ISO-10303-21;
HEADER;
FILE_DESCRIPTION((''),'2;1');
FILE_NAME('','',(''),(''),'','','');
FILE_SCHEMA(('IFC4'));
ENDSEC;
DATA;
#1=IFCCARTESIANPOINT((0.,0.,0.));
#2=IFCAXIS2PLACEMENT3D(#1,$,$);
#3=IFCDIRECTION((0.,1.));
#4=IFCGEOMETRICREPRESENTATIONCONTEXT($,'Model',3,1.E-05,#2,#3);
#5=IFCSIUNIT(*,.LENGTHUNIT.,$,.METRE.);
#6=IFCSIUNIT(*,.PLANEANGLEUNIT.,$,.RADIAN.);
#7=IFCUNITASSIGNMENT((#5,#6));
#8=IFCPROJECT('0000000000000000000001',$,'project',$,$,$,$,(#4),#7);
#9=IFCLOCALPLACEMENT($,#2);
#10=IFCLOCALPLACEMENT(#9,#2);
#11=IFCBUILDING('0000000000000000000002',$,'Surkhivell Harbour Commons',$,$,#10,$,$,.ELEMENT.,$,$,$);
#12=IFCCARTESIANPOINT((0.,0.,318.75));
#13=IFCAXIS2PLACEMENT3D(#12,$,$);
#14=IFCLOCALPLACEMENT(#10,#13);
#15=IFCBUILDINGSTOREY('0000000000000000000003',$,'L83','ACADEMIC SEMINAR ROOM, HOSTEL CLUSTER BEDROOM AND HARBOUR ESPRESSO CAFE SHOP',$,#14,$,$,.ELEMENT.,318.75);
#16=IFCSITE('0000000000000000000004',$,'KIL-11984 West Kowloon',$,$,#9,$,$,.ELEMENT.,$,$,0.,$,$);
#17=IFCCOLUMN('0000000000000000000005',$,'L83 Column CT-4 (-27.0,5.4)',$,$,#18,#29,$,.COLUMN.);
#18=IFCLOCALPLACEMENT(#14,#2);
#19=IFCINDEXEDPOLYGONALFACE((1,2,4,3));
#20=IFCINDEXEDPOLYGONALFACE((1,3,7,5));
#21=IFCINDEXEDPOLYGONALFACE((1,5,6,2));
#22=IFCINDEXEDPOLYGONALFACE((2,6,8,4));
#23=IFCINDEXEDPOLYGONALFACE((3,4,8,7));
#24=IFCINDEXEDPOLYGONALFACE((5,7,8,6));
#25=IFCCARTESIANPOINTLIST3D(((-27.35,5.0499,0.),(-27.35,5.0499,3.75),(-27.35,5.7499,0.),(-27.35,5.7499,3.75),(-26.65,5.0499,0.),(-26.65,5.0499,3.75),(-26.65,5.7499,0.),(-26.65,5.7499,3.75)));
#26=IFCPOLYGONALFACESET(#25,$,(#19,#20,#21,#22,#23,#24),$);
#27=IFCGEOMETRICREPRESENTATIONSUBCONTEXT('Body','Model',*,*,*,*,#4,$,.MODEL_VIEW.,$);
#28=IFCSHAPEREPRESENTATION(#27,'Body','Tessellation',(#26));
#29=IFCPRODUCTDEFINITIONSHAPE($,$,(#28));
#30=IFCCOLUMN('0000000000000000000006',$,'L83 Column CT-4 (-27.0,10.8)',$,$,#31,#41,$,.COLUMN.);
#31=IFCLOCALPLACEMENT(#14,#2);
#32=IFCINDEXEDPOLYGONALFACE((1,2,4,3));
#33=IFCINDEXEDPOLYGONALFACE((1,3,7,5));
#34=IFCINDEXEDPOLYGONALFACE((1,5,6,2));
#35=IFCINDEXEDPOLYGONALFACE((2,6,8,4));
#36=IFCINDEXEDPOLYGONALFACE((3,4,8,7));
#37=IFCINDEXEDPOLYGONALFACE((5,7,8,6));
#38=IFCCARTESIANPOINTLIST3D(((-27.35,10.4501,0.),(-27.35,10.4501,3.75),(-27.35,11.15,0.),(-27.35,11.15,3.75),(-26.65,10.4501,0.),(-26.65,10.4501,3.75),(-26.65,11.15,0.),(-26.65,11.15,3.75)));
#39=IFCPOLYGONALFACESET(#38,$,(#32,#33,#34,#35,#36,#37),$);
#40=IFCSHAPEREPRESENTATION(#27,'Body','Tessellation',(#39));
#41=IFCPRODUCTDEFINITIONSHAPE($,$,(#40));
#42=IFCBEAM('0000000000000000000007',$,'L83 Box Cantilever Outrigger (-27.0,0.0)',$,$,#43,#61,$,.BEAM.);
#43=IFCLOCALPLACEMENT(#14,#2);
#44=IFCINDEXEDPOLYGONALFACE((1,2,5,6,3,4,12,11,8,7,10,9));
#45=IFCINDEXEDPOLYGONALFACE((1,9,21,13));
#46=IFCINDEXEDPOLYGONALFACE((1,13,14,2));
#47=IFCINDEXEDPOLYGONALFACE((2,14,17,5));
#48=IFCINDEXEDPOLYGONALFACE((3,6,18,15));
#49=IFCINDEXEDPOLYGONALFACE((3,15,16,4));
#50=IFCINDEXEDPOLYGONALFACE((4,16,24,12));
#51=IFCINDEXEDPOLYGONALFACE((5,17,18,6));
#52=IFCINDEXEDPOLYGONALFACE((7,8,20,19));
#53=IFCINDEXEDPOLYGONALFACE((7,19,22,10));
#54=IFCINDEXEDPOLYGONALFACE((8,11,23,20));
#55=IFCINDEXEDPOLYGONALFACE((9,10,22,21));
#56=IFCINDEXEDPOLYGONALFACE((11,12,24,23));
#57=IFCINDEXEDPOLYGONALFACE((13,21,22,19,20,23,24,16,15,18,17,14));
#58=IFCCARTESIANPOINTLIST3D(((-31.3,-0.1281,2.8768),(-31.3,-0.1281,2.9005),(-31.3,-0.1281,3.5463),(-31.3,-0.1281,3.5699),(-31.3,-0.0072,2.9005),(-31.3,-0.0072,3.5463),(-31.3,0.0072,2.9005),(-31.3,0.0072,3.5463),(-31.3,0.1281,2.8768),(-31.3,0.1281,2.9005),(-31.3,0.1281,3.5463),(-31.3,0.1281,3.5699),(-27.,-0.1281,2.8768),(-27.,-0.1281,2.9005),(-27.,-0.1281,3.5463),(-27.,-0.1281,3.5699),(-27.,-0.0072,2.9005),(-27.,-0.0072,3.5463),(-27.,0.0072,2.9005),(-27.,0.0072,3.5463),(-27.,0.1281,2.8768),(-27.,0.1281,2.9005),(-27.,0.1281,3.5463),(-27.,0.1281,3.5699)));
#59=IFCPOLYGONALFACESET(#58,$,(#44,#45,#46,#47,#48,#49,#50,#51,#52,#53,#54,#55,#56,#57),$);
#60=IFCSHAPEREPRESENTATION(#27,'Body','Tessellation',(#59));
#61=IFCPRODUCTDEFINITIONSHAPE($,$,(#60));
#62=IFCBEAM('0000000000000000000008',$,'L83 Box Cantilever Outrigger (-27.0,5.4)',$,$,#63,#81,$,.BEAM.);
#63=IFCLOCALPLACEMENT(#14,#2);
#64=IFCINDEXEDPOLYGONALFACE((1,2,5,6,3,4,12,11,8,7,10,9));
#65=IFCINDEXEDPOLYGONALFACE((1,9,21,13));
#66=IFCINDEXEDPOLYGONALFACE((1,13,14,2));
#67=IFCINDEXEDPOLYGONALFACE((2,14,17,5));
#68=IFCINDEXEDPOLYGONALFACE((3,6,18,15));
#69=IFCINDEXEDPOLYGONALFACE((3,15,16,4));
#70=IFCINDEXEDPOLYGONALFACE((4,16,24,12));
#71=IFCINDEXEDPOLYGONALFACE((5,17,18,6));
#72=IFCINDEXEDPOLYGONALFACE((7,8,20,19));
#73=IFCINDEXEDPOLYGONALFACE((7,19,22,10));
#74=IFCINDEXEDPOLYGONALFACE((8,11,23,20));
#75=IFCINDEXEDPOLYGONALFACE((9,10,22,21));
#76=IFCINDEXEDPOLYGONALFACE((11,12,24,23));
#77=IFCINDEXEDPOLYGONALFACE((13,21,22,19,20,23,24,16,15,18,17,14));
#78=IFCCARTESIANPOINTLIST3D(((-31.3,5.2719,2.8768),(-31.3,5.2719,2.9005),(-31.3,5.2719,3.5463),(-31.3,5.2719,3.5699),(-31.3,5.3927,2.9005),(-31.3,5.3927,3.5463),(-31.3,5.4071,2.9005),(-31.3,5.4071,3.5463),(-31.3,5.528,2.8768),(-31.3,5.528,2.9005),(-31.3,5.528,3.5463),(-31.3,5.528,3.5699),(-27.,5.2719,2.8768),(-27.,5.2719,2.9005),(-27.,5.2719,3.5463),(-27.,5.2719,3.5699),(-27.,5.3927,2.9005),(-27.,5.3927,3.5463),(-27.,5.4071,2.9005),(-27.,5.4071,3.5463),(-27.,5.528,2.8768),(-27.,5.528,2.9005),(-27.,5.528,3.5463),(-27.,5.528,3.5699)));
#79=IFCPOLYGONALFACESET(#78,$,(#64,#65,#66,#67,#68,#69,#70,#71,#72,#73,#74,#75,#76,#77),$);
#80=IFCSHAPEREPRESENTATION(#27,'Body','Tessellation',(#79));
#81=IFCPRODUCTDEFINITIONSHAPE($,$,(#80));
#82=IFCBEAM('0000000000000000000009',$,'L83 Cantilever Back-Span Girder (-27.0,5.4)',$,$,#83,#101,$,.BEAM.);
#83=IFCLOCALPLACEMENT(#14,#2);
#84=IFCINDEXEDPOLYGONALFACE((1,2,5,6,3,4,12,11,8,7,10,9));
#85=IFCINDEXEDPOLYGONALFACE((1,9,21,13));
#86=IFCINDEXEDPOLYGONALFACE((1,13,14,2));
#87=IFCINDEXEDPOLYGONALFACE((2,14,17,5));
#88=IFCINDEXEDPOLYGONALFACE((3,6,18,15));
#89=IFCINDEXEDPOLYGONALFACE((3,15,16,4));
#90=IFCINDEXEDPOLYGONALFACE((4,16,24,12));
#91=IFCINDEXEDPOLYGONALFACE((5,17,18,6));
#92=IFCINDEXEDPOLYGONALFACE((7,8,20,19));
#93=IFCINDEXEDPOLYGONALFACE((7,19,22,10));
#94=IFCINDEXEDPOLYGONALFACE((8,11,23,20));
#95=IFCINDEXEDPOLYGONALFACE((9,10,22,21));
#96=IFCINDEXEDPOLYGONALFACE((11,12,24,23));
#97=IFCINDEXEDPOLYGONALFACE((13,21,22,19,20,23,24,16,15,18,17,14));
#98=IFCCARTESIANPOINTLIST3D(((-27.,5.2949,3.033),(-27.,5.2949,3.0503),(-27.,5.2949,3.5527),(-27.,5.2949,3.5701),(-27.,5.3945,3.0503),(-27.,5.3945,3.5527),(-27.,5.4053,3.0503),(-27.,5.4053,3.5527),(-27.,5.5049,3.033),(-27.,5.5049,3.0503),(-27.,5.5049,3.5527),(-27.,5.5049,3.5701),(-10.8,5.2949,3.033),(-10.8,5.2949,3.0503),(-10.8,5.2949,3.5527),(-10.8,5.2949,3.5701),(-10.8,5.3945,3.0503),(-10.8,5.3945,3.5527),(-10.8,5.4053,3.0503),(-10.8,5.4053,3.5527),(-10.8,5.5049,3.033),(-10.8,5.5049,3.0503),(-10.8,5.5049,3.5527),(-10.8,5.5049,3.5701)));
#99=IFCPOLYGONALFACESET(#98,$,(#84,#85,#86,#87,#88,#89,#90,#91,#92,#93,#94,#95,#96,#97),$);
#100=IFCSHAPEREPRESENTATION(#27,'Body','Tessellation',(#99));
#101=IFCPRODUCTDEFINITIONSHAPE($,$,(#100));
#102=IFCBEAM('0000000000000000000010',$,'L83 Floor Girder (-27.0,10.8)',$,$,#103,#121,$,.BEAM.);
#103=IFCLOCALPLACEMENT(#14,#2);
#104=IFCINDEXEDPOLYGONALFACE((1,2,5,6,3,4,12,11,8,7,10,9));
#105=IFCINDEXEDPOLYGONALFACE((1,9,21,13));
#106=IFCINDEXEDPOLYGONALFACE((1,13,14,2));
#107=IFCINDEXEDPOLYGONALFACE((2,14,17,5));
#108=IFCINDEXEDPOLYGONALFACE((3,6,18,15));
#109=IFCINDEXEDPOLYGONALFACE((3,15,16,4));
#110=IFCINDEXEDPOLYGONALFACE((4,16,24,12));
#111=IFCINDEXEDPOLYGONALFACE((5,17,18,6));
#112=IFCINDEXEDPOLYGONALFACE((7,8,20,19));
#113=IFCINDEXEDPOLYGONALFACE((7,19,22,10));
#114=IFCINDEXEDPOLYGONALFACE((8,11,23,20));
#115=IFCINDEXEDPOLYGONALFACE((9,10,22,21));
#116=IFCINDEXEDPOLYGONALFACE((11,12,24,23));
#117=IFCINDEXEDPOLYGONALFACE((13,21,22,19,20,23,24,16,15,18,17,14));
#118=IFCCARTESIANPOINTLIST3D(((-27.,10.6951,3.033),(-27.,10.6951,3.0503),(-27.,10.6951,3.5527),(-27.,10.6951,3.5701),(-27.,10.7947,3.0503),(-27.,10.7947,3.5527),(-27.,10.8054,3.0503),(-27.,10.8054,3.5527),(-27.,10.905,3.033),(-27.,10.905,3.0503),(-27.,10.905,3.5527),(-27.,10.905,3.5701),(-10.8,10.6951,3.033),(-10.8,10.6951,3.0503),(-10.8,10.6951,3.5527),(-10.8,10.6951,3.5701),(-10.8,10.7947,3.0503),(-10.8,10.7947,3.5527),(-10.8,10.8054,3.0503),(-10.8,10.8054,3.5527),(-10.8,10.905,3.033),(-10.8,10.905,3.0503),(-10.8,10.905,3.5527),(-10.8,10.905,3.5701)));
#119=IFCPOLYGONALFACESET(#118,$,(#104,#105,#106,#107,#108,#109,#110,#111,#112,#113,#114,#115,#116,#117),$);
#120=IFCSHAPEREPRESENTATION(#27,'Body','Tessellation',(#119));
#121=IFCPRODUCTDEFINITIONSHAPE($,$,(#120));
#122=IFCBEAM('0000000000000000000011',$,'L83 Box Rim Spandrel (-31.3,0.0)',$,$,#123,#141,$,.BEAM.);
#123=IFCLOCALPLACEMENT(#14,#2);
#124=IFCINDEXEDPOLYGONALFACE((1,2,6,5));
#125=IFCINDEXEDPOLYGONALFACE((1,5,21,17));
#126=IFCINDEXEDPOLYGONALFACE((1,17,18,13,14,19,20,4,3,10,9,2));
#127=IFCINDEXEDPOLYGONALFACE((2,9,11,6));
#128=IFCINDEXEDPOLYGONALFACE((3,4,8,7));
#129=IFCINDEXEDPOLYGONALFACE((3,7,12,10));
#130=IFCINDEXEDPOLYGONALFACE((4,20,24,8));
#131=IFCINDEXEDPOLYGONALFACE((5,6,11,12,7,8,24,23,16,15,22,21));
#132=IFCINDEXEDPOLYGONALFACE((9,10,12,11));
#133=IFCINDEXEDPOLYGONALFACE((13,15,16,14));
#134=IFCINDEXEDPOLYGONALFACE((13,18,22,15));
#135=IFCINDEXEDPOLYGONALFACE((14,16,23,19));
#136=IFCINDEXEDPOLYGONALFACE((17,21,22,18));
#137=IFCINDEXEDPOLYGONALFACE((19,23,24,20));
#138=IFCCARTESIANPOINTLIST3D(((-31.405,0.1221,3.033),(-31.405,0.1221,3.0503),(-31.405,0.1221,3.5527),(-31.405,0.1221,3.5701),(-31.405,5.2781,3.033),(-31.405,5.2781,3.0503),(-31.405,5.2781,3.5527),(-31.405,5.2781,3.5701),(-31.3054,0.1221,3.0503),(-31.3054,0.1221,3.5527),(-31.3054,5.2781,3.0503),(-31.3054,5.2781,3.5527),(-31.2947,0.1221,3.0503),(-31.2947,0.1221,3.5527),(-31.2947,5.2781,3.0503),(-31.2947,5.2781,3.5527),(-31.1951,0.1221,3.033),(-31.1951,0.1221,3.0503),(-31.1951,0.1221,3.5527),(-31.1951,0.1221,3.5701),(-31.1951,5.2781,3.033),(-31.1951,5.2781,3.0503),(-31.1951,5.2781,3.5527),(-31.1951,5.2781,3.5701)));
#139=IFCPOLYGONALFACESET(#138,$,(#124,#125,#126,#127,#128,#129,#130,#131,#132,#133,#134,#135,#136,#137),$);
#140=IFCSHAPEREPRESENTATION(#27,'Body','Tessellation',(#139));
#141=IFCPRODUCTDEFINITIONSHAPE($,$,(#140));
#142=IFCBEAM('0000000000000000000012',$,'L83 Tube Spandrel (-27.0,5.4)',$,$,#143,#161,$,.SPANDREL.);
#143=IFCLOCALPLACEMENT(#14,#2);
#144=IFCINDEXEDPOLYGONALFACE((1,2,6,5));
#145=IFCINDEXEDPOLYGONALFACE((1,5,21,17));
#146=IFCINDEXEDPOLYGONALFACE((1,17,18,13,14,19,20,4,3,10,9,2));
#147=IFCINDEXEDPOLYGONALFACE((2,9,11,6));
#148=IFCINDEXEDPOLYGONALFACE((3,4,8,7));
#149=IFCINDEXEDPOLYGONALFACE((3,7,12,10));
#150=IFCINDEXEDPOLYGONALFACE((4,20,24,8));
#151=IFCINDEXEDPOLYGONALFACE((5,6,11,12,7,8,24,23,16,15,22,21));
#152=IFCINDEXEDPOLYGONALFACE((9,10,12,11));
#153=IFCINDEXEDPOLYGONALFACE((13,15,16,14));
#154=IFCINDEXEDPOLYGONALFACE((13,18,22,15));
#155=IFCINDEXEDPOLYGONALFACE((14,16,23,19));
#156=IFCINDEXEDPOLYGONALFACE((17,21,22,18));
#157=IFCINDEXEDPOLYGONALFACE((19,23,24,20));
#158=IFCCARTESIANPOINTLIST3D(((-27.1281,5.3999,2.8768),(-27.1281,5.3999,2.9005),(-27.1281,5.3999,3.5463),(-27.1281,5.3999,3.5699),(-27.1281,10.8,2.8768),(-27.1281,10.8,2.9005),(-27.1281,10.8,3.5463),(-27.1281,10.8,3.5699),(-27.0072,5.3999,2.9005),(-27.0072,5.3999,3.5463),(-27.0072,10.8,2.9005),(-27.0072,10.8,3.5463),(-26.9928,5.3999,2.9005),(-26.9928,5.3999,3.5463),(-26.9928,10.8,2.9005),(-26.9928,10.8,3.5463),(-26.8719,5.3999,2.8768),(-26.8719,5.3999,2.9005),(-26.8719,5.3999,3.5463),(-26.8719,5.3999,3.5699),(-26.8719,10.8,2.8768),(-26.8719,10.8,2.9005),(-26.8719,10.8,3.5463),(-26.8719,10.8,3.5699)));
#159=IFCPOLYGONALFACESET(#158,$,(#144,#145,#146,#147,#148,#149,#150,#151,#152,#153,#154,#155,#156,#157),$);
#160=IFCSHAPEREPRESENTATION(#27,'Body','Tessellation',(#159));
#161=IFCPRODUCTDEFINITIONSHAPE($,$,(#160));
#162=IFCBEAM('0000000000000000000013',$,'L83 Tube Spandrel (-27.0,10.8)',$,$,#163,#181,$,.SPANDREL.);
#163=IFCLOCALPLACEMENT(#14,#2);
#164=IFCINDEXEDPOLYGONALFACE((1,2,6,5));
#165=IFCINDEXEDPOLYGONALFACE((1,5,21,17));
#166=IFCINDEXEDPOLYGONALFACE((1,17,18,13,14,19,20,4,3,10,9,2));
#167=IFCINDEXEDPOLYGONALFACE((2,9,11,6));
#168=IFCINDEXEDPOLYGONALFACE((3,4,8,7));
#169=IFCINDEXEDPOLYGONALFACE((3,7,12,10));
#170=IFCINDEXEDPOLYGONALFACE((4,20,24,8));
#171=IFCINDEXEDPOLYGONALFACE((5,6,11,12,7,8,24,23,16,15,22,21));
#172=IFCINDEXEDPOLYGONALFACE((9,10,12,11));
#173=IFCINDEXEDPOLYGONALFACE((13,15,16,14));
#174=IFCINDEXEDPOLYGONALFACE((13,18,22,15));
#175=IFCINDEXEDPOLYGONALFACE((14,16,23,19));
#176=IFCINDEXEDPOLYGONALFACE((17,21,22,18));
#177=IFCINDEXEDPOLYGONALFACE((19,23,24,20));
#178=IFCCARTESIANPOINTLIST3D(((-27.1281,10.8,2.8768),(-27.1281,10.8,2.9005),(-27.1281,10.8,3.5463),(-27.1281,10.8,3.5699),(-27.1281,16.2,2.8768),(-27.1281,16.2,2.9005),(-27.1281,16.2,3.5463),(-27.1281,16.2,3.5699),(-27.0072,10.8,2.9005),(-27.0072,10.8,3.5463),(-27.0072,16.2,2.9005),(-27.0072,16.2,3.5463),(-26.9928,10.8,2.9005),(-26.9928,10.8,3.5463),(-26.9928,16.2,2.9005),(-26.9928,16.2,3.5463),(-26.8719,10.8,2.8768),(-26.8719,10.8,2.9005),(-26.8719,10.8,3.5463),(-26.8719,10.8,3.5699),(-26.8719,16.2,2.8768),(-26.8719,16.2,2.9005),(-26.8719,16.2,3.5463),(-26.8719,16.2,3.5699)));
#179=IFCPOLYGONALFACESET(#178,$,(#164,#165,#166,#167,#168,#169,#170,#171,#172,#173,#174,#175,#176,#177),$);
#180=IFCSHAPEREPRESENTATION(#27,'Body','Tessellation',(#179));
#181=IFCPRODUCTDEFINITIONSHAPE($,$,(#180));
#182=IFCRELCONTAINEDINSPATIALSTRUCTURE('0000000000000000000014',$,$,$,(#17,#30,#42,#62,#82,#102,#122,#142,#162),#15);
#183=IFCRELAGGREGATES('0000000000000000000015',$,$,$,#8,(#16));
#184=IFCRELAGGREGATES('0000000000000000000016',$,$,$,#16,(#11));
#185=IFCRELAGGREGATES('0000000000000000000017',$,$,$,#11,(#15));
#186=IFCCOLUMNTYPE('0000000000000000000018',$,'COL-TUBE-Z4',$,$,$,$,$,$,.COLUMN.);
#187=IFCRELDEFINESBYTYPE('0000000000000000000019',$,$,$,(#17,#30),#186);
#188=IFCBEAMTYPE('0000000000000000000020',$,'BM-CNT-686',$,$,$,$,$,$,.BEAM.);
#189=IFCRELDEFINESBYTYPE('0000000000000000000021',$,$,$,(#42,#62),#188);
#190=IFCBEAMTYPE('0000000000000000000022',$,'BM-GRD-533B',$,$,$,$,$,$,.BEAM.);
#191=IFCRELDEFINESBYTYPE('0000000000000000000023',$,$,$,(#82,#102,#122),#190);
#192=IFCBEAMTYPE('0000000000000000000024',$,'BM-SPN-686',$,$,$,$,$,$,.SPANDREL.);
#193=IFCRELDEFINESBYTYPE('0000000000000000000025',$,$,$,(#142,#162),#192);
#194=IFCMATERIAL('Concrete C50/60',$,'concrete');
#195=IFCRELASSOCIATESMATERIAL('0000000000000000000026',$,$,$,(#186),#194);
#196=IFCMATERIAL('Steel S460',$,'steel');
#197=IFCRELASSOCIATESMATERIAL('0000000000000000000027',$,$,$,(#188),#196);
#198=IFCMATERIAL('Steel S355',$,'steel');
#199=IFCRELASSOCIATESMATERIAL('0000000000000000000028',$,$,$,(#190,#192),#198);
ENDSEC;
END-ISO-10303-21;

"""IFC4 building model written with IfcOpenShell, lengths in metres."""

from ifc_helpers import new_model, si_unit, direction, frame, origin, origin_2d, place, context, subcontext, project, spatial, rectangle, i_section, extrude, material, material_profile, profile_set, type_object, element, save


model = new_model("IFC4")

# Units and contexts
model_context = context("Model", 3, precision=1e-05, world=origin(), true_north=direction((0.0, 1.0)))
body_context = subcontext(model_context, "Body", "Model", "MODEL_VIEW")
ifc_project = project(units=[si_unit("LENGTHUNIT", "METRE"), si_unit("PLANEANGLEUNIT", "RADIAN")], contexts=[model_context])

# Site, building, storey
site_placement = place(None, origin())
site = spatial("IfcSite", under=ifc_project, at=site_placement, Name="KIL-11984 West Kowloon", CompositionType="ELEMENT", RefElevation=0.0)
building_placement = place(site_placement, origin())
building = spatial("IfcBuilding", under=site, at=building_placement, Name="Surkhivell Harbour Commons", CompositionType="ELEMENT")
storey_placement = place(building_placement, frame((0.0, 0.0, 318.75)))
storey = spatial("IfcBuildingStorey", under=building, at=storey_placement, Name="L83", Description="ACADEMIC SEMINAR ROOM, HOSTEL CLUSTER BEDROOM AND HARBOUR ESPRESSO CAFE SHOP", CompositionType="ELEMENT", Elevation=318.75)

# Columns
ifc_material_1 = material(Name="Concrete C50/60", Category="concrete")
ifc_material_profile_1 = material_profile(ifc_material_1, rectangle(XDim=0.7, YDim=0.7, at=origin_2d()), Name="RC-COL-700x700")
ifc_profile_set_1 = profile_set([ifc_material_profile_1], Name="Concrete C50/60")
column_type = type_object("IfcColumnType", Name="COL-TUBE-Z4", PredefinedType="COLUMN", material=ifc_profile_set_1)
for number, where, z_axis, x_axis, name in (
    (1, (-27.0, 5.3999, 0.0), (0.0, 0.0, 1.0), (1.0, 0.0, 0.0), "L83 Column CT-4 (-27.0,5.4)"),
    (2, (-27.0, 10.8, 0.0), (0.0, 0.0, 1.0), (1.0, 0.0, 0.0), "L83 Column CT-4 (-27.0,10.8)"),
):
    element("IfcColumn", number, at=place(storey_placement, frame(where, z_axis=z_axis, x_axis=x_axis)), inside=storey, type_object=column_type, Name=name, PredefinedType="COLUMN", context=body_context, shape_type="SweptSolid", body=[
        extrude(rectangle(XDim=0.7, YDim=0.7, at=origin_2d()), origin(), (0.0, 0.0, 1.0), 3.75),
    ])

# Beams
ifc_material_2 = material(Name="Steel S460", Category="steel")
ifc_material_profile_2 = material_profile(ifc_material_2, i_section(OverallWidth=0.2561, OverallDepth=0.6931, WebThickness=0.0144, FlangeThickness=0.0237, at=origin_2d()), Name="UB686x254x170")
ifc_profile_set_2 = profile_set([ifc_material_profile_2], Name="Steel S460")
beam_type_1 = type_object("IfcBeamType", Name="BM-CNT-686", PredefinedType="BEAM", material=ifc_profile_set_2)
for number, where, z_axis, x_axis, name in (
    (3, (-27.0, 0.0, 3.2234), (-1.0, 0.0, 0.0), (0.0, -1.0, 0.0), "L83 Box Cantilever Outrigger (-27.0,0.0)"),
    (4, (-27.0, 5.3999, 3.2234), (-1.0, 0.0, 0.0), (0.0, -1.0, 0.0), "L83 Box Cantilever Outrigger (-27.0,5.4)"),
):
    element("IfcBeam", number, at=place(storey_placement, frame(where, z_axis=z_axis, x_axis=x_axis)), inside=storey, type_object=beam_type_1, Name=name, PredefinedType="BEAM", context=body_context, shape_type="SweptSolid", body=[
        extrude(i_section(OverallWidth=0.2561, OverallDepth=0.6931, WebThickness=0.0144, FlangeThickness=0.0237, at=origin_2d()), origin(), (0.0, 0.0, 1.0), 4.3),
    ])
ifc_material_3 = material(Name="Steel S355", Category="steel")
ifc_material_profile_3 = material_profile(ifc_material_3, i_section(OverallWidth=0.21, OverallDepth=0.5371, WebThickness=0.0107, FlangeThickness=0.0173, at=origin_2d()), Name="UB533x210x101")
ifc_profile_set_3 = profile_set([ifc_material_profile_3], Name="Steel S355")
beam_type_2 = type_object("IfcBeamType", Name="BM-GRD-533B", PredefinedType="BEAM", material=ifc_profile_set_3)
for number, where, z_axis, x_axis, name in (
    (5, (-27.0, 5.3999, 3.3015), (1.0, 0.0, 0.0), (0.0, 1.0, 0.0), "L83 Cantilever Back-Span Girder (-27.0,5.4)"),
    (6, (-27.0, 10.8, 3.3015), (1.0, 0.0, 0.0), (0.0, 1.0, 0.0), "L83 Floor Girder (-27.0,10.8)"),
):
    element("IfcBeam", number, at=place(storey_placement, frame(where, z_axis=z_axis, x_axis=x_axis)), inside=storey, type_object=beam_type_2, Name=name, PredefinedType="BEAM", context=body_context, shape_type="SweptSolid", body=[
        extrude(i_section(OverallWidth=0.21, OverallDepth=0.5371, WebThickness=0.0107, FlangeThickness=0.0173, at=origin_2d()), origin(), (0.0, 0.0, 1.0), 16.2),
    ])
beam_1_placement = place(storey_placement, frame((-31.3, 0.1221, 3.3015), z_axis=(0.0, 1.0, 0.0), x_axis=(-1.0, 0.0, 0.0)))
element("IfcBeam", 7, at=beam_1_placement, inside=storey, type_object=beam_type_2, Name="L83 Box Rim Spandrel (-31.3,0.0)", PredefinedType="BEAM", context=body_context, shape_type="SweptSolid", body=[
    extrude(i_section(OverallWidth=0.21, OverallDepth=0.5371, WebThickness=0.0107, FlangeThickness=0.0173, at=origin_2d()), origin(), (0.0, 0.0, 1.0), 5.156),
])
ifc_material_profile_4 = material_profile(ifc_material_3, i_section(OverallWidth=0.2561, OverallDepth=0.6931, WebThickness=0.0144, FlangeThickness=0.0237, at=origin_2d()), Name="UB686x254x170")
ifc_profile_set_4 = profile_set([ifc_material_profile_4], Name="Steel S355")
beam_type_3 = type_object("IfcBeamType", Name="BM-SPN-686", PredefinedType="SPANDREL", material=ifc_profile_set_4)
beam_2_placement = place(storey_placement, frame((-27.0, 5.3999, 3.2234), z_axis=(0.0, 1.0, 0.0), x_axis=(-1.0, 0.0, 0.0)))
element("IfcBeam", 8, at=beam_2_placement, inside=storey, type_object=beam_type_3, Name="L83 Tube Spandrel (-27.0,5.4)", PredefinedType="SPANDREL", context=body_context, shape_type="SweptSolid", body=[
    extrude(i_section(OverallWidth=0.2561, OverallDepth=0.6931, WebThickness=0.0144, FlangeThickness=0.0237, at=origin_2d()), origin(), (0.0, 0.0, 1.0), 5.4001),
])
beam_3_placement = place(storey_placement, frame((-27.0, 10.8, 3.2234), z_axis=(0.0, 1.0, 0.0), x_axis=(-1.0, 0.0, 0.0)))
element("IfcBeam", 9, at=beam_3_placement, inside=storey, type_object=beam_type_3, Name="L83 Tube Spandrel (-27.0,10.8)", PredefinedType="SPANDREL", context=body_context, shape_type="SweptSolid", body=[
    extrude(i_section(OverallWidth=0.2561, OverallDepth=0.6931, WebThickness=0.0144, FlangeThickness=0.0237, at=origin_2d()), origin(), (0.0, 0.0, 1.0), 5.3999),
])

save(model, "model.ifc")
